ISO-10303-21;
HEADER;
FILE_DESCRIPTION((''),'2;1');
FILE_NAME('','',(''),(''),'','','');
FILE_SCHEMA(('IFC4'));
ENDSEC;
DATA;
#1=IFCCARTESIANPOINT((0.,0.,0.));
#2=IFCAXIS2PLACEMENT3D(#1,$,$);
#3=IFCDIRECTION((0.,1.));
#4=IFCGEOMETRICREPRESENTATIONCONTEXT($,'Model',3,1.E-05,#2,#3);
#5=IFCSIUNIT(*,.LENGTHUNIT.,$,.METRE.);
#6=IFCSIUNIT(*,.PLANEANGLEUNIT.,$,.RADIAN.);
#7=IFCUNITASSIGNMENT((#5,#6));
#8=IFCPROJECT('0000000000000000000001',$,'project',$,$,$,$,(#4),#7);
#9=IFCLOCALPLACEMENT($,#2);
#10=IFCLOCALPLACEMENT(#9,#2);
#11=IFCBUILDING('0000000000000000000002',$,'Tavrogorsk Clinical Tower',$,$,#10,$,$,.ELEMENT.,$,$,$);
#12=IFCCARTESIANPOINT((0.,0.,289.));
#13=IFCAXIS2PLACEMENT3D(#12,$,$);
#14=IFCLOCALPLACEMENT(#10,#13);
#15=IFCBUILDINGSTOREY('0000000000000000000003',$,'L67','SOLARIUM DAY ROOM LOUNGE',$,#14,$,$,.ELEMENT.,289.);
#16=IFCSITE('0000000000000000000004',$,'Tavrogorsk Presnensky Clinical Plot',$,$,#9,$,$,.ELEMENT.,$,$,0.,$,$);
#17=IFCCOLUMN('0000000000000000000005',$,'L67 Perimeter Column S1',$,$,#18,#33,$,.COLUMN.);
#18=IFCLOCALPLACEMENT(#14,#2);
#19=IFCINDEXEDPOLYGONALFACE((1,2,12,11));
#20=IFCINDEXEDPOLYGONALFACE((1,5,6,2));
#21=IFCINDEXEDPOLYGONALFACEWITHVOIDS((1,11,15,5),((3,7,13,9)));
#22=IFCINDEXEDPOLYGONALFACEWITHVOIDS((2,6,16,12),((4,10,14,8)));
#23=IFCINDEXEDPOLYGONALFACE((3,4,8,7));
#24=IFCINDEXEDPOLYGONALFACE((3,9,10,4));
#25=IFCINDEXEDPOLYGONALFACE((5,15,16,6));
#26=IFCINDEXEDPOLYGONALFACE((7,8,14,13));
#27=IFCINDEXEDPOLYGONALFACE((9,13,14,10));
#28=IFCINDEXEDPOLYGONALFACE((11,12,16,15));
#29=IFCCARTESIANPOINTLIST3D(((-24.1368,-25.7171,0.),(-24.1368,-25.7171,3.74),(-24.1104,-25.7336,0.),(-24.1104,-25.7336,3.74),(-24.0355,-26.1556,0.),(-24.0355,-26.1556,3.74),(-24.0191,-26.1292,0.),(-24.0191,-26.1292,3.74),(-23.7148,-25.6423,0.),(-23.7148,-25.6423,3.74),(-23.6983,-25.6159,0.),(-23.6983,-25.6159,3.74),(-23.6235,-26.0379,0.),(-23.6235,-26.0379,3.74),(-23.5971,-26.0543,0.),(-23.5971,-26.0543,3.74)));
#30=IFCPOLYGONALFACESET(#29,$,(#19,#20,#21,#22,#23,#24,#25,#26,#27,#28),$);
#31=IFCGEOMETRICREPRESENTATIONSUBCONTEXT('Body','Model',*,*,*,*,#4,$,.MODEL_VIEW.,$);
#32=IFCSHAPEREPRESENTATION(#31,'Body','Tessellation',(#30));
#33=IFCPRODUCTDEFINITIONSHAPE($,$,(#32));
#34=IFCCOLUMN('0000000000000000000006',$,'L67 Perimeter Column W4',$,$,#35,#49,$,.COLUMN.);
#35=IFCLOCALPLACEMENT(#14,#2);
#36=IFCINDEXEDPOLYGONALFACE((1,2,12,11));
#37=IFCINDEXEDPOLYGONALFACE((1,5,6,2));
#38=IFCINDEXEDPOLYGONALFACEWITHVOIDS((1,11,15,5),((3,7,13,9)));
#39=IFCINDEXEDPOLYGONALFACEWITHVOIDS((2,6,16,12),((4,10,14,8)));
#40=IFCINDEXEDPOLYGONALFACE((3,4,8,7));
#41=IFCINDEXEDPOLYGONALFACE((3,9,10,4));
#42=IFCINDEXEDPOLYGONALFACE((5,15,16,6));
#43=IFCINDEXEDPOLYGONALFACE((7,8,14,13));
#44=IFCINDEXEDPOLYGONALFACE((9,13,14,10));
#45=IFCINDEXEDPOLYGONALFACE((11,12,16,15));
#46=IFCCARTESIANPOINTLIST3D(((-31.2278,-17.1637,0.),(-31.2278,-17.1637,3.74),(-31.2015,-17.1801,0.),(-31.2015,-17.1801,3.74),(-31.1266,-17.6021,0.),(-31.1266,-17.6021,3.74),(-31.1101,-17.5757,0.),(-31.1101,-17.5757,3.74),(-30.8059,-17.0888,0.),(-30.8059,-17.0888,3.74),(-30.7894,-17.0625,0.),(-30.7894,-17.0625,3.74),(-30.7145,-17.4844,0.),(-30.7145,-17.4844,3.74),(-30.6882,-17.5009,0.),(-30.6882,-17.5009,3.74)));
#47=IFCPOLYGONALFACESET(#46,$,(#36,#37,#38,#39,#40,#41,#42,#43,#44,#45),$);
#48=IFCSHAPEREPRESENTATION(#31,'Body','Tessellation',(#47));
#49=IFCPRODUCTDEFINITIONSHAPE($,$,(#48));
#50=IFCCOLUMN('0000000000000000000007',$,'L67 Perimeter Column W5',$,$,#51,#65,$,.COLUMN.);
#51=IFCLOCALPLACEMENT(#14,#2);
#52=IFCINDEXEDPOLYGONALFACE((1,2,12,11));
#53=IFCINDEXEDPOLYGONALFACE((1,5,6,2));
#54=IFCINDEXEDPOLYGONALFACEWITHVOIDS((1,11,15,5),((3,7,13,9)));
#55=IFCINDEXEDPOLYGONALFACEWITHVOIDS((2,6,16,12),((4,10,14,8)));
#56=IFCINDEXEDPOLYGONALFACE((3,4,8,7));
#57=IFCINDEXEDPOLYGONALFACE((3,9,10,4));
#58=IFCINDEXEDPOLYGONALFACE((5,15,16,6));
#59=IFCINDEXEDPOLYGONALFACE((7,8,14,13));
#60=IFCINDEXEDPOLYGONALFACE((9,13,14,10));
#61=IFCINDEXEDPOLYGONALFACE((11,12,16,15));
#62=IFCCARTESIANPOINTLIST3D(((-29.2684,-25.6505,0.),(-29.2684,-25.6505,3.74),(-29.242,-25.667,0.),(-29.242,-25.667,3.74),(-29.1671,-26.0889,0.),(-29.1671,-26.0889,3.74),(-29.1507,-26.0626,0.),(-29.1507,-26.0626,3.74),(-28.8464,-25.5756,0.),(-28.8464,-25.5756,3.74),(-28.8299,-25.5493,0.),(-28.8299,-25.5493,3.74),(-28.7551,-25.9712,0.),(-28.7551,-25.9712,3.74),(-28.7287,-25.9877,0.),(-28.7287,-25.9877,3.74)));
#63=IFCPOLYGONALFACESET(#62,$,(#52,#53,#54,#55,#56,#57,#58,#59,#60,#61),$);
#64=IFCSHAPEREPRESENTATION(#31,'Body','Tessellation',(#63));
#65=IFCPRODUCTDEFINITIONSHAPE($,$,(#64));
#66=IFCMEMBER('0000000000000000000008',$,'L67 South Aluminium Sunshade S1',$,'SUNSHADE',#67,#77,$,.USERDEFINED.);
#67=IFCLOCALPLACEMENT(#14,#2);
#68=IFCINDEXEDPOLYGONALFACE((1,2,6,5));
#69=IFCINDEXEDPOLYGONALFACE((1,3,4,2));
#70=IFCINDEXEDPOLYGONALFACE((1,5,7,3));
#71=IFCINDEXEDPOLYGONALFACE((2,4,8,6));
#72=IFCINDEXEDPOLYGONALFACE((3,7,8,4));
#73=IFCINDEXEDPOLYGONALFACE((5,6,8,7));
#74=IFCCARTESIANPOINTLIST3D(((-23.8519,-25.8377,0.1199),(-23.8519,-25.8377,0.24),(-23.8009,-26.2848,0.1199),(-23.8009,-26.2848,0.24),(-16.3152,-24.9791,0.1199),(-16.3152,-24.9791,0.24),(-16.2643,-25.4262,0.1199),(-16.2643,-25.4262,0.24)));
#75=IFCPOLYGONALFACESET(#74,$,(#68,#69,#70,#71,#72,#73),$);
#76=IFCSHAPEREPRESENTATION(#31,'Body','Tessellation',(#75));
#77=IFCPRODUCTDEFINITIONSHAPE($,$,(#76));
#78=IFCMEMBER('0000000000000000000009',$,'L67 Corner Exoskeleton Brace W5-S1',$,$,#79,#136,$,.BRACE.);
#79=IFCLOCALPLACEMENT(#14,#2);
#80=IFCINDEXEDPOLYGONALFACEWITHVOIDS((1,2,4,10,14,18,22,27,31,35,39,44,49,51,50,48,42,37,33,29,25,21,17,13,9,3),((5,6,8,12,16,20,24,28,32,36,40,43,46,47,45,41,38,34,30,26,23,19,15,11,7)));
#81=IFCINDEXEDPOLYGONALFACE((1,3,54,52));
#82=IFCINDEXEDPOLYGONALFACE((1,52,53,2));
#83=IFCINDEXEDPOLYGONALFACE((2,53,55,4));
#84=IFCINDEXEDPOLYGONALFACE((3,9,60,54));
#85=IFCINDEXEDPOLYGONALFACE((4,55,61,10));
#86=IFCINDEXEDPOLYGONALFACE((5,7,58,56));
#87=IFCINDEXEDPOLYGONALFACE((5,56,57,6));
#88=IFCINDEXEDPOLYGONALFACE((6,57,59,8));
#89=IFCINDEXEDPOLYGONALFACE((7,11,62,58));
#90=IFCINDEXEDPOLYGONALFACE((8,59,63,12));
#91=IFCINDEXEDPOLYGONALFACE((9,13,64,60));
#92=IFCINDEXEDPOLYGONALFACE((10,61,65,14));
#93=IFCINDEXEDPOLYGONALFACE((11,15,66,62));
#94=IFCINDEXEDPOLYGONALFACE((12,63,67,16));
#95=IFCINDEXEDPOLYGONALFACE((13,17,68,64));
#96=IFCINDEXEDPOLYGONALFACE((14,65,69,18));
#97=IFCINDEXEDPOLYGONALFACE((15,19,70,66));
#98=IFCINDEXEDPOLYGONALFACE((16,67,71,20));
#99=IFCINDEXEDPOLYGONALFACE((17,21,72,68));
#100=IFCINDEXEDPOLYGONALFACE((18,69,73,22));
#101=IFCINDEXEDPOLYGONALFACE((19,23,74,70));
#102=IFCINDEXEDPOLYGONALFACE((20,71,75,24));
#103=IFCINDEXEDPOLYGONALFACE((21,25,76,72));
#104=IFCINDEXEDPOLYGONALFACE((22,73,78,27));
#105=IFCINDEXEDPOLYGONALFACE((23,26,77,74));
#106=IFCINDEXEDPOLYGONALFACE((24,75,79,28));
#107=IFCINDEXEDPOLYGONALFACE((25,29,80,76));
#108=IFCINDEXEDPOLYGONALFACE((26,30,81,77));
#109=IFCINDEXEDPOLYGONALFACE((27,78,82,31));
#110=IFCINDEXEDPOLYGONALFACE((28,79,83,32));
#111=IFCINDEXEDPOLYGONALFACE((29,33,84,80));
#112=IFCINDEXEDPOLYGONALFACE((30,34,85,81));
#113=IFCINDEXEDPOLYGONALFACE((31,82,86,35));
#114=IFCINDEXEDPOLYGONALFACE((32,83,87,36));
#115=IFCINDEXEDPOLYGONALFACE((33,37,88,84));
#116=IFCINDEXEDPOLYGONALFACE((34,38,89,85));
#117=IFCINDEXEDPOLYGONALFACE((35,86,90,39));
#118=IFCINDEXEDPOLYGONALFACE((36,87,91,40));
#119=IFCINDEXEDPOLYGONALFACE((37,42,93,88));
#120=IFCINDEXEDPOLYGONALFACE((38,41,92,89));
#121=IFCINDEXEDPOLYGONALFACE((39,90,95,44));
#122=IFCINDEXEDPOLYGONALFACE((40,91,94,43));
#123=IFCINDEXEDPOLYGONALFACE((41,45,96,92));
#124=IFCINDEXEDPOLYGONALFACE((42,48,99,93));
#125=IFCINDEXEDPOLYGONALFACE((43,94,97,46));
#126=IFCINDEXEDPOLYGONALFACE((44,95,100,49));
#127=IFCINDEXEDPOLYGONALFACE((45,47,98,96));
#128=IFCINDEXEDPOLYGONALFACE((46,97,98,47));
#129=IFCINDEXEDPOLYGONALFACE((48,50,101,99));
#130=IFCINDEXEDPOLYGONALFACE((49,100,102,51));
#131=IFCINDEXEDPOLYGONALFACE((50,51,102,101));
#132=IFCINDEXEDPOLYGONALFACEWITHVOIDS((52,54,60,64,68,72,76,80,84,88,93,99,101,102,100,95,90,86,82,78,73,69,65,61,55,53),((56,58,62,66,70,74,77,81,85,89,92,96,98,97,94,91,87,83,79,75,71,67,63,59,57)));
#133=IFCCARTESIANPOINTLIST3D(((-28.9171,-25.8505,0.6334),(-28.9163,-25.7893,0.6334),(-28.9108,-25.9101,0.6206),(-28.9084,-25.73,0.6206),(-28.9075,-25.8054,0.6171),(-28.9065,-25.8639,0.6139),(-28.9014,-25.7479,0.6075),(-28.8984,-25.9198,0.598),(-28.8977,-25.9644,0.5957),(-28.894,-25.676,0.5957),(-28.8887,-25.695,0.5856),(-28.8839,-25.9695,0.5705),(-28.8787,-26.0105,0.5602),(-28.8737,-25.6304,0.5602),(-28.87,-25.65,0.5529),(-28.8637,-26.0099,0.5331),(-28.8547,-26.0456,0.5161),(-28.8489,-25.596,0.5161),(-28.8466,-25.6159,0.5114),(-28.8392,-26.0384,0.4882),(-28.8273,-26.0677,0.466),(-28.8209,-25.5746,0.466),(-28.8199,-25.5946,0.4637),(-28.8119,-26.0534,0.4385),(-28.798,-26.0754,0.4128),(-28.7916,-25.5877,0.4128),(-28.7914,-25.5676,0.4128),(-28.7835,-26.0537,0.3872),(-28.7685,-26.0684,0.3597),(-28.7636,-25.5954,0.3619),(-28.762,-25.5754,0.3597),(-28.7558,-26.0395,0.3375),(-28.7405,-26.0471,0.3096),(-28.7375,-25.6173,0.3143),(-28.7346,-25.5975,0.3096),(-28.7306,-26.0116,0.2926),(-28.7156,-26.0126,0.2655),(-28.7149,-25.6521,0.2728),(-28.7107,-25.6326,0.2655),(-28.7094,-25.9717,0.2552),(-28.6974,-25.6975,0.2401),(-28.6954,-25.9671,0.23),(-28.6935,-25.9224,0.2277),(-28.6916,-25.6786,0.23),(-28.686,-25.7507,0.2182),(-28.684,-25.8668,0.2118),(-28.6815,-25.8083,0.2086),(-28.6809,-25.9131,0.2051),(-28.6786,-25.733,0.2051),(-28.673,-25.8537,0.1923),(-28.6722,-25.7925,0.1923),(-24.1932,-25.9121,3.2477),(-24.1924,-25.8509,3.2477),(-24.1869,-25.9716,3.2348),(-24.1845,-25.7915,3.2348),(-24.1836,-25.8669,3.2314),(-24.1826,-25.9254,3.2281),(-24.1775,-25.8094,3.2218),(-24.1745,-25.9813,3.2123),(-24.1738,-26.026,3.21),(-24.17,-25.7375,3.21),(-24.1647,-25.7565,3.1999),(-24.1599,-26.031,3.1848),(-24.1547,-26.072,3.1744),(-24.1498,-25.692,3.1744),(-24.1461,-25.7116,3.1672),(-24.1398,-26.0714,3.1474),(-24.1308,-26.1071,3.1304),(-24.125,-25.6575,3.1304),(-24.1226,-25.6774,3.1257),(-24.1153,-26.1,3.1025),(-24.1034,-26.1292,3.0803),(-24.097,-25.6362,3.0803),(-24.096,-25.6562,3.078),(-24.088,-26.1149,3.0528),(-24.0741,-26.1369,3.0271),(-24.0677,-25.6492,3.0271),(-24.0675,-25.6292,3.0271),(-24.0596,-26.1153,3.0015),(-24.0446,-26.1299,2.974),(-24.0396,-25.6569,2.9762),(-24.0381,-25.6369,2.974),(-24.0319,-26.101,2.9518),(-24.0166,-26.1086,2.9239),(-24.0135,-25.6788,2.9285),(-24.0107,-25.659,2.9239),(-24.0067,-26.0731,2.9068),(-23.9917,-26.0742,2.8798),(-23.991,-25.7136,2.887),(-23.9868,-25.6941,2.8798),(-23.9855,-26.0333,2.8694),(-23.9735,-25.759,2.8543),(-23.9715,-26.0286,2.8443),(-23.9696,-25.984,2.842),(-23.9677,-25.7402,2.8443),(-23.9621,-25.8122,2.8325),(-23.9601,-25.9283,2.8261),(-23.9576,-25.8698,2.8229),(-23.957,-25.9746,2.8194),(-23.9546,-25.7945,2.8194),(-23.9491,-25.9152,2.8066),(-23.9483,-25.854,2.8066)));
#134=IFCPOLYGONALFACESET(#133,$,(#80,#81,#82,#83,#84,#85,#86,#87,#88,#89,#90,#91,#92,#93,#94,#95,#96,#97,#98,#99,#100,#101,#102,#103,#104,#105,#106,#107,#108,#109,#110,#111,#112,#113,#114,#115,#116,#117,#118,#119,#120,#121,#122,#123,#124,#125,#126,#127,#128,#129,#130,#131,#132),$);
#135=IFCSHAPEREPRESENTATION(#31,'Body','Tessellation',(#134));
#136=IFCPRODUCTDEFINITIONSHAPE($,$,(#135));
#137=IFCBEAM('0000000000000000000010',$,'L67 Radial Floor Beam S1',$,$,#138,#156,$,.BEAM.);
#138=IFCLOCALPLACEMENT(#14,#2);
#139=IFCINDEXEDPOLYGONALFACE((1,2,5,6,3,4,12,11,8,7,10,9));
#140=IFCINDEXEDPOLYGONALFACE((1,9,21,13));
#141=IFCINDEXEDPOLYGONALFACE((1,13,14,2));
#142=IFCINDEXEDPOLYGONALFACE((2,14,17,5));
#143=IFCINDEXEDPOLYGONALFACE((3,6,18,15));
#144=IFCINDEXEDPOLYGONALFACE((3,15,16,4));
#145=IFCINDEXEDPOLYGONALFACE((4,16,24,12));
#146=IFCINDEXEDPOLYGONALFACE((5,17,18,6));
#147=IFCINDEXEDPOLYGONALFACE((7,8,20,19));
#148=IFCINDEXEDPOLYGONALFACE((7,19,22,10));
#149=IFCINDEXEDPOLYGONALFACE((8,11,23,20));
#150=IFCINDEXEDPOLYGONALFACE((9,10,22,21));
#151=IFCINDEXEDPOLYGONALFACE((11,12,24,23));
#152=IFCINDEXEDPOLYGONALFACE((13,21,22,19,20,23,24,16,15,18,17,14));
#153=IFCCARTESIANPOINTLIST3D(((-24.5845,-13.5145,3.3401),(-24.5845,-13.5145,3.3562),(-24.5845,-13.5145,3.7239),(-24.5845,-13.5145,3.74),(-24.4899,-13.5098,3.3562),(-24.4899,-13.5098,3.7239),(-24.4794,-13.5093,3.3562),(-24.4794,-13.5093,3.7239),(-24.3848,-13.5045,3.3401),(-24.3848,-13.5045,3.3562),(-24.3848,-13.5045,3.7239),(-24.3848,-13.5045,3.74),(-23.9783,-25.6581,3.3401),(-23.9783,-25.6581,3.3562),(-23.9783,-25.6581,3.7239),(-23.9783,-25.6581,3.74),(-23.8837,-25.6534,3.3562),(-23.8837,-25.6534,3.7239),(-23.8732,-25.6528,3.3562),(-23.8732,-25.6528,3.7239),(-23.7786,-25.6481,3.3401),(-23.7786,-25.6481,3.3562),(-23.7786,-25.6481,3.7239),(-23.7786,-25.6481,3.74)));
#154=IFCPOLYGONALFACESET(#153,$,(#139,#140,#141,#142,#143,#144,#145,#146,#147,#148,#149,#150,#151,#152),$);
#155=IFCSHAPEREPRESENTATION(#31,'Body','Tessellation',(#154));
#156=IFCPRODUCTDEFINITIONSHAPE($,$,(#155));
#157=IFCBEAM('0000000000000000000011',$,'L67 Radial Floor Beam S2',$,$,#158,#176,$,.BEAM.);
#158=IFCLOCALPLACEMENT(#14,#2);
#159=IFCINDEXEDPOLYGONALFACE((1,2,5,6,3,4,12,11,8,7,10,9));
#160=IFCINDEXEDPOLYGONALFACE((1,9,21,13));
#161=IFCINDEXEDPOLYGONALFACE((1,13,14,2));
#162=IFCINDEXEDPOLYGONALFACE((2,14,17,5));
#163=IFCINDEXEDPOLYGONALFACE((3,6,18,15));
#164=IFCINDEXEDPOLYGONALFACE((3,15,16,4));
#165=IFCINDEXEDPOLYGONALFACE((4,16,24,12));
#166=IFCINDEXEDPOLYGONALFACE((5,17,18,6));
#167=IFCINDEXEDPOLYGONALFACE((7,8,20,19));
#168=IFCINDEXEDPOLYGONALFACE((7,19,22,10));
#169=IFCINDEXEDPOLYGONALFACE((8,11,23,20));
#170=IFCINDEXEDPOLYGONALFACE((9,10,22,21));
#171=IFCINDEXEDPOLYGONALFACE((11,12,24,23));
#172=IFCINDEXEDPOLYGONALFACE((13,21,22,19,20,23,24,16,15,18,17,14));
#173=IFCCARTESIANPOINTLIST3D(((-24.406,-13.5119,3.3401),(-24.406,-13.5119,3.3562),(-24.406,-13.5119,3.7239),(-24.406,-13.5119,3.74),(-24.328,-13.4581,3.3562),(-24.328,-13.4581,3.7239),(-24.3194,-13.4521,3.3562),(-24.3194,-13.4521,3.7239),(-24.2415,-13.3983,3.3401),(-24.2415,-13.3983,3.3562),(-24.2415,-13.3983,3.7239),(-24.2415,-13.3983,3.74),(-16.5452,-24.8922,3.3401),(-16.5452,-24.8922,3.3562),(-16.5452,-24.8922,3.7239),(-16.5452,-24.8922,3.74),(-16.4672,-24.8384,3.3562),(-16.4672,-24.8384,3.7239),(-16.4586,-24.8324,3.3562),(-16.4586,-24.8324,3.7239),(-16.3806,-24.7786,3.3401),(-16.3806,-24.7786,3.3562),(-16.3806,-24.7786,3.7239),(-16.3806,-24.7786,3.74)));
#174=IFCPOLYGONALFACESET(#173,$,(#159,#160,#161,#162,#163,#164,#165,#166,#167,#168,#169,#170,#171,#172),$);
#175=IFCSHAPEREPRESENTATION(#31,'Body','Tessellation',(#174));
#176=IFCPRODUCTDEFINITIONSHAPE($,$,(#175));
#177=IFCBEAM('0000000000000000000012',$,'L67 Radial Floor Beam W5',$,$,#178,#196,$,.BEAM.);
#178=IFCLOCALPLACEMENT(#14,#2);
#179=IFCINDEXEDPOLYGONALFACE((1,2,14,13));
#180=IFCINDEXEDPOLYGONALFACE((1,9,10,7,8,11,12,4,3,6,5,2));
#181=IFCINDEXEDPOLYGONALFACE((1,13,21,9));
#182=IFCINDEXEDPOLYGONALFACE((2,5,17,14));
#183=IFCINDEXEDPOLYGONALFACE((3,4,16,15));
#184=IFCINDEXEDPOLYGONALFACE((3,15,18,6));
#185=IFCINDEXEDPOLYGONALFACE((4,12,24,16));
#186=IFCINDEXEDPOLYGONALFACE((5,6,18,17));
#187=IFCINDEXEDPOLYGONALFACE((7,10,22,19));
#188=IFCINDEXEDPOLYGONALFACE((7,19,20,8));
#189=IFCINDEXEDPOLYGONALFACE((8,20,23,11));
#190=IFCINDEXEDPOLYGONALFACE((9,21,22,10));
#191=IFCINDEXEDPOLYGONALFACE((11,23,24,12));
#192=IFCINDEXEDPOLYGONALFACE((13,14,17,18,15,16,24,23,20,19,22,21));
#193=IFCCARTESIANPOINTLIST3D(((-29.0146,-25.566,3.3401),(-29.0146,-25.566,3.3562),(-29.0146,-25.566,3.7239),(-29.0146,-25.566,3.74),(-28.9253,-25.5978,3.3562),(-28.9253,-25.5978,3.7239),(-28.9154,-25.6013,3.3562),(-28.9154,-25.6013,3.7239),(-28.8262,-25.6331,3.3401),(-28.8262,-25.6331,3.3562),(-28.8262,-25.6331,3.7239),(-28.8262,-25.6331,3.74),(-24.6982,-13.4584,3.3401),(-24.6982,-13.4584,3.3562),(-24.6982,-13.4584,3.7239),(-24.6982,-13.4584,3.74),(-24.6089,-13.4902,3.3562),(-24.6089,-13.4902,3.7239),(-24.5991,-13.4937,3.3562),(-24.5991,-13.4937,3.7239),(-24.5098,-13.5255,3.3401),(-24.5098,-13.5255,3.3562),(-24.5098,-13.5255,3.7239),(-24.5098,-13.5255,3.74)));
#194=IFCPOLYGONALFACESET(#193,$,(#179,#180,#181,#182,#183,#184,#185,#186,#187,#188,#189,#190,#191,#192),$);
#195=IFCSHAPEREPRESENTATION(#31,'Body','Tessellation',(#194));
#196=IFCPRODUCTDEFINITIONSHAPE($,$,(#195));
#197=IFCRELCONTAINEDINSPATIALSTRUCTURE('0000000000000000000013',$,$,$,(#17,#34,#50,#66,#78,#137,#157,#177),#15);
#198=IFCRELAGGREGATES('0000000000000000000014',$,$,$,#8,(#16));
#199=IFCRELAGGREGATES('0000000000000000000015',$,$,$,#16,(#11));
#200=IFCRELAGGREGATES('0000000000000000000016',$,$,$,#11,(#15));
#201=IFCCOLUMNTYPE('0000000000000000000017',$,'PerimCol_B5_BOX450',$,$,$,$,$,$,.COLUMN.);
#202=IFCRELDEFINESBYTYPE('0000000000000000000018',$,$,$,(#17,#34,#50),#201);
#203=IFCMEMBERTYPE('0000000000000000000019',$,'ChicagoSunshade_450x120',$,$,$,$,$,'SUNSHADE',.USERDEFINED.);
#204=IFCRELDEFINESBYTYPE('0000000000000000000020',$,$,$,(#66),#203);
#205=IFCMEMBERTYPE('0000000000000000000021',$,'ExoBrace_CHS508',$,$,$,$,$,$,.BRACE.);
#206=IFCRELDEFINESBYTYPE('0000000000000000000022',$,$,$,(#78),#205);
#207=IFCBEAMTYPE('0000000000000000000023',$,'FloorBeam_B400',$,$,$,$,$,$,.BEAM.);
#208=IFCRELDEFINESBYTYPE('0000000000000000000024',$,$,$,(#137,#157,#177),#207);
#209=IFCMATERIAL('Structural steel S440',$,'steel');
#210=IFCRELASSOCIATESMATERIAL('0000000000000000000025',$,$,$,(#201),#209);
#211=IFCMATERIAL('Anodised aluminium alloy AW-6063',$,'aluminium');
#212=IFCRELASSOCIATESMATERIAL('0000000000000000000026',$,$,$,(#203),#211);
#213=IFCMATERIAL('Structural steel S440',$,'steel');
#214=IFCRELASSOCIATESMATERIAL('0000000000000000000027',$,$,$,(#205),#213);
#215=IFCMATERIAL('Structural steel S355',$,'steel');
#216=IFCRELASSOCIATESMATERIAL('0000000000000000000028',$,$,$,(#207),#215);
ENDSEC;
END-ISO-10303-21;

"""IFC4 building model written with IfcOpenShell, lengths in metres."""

from ifc_helpers import new_model, si_unit, direction, frame, origin, origin_2d, place, context, subcontext, project, spatial, rectangle, hollow_rectangle, hollow_circle, i_section, extrude, material, material_profile, profile_set, type_object, element, save


model = new_model("IFC4")

# Units and contexts
model_context = context("Model", 3, precision=1e-05, world=origin(), true_north=direction((0.0, 1.0)))
body_context = subcontext(model_context, "Body", "Model", "MODEL_VIEW")
ifc_project = project(units=[si_unit("LENGTHUNIT", "METRE"), si_unit("PLANEANGLEUNIT", "RADIAN")], contexts=[model_context])

# Site, building, storey
site_placement = place(None, origin())
site = spatial("IfcSite", under=ifc_project, at=site_placement, Name="Tavrogorsk Presnensky Clinical Plot", CompositionType="ELEMENT", RefElevation=0.0)
building_placement = place(site_placement, origin())
building = spatial("IfcBuilding", under=site, at=building_placement, Name="Tavrogorsk Clinical Tower", CompositionType="ELEMENT")
storey_placement = place(building_placement, frame((0.0, 0.0, 289.0)))
storey = spatial("IfcBuildingStorey", under=building, at=storey_placement, Name="L67", Description="SOLARIUM DAY ROOM LOUNGE", CompositionType="ELEMENT", Elevation=289.0)

# Columns
ifc_material_1 = material(Name="Structural steel S440", Category="steel")
ifc_material_profile_1 = material_profile(ifc_material_1, hollow_rectangle(XDim=0.45, YDim=0.45, WallThickness=0.022, at=origin_2d()), Name="BOX-450x450x22")
ifc_profile_set_1 = profile_set([ifc_material_profile_1], Name="Structural steel S440")
column_type = type_object("IfcColumnType", Name="PerimCol_B5_BOX450", PredefinedType="COLUMN", material=ifc_profile_set_1)
for number, where, z_axis, x_axis, name in (
    (1, (-23.8669, -25.8857, 0.0), (0.0, 0.0, 1.0), (0.97437, 0.224951, 0.0), "L67 Perimeter Column S1"),
    (2, (-30.958, -17.3323, 0.0), (0.0, 0.0, 1.0), (0.97437, 0.224951, 0.0), "L67 Perimeter Column W4"),
    (3, (-28.9985, -25.8191, 0.0), (0.0, 0.0, 1.0), (0.97437, 0.224951, 0.0), "L67 Perimeter Column W5"),
):
    element("IfcColumn", number, at=place(storey_placement, frame(where, z_axis=z_axis, x_axis=x_axis)), inside=storey, type_object=column_type, Name=name, PredefinedType="COLUMN", context=body_context, shape_type="SweptSolid", body=[
        extrude(hollow_rectangle(XDim=0.45, YDim=0.45, WallThickness=0.022, at=origin_2d()), origin(), (0.0, 0.0, 1.0), 3.74),
    ])

# Members
ifc_material_2 = material(Name="Anodised aluminium alloy AW-6063", Category="aluminium")
ifc_material_profile_2 = material_profile(ifc_material_2, rectangle(XDim=0.45, YDim=0.1201, at=origin_2d()), Name="ALU-SUNSHADE-450x120")
ifc_profile_set_2 = profile_set([ifc_material_profile_2], Name="Anodised aluminium alloy AW-6063")
member_type_1 = type_object("IfcMemberType", Name="ChicagoSunshade_450x120", ElementType="SUNSHADE", PredefinedType="USERDEFINED", material=ifc_profile_set_2)
member_1_placement = place(storey_placement, frame((-23.8264, -26.0613, 0.1799), z_axis=(0.993573, 0.113197, 0.0), x_axis=(-0.113197, 0.993573, 0.0)))
element("IfcMember", 4, at=member_1_placement, inside=storey, type_object=member_type_1, Name="L67 South Aluminium Sunshade S1", ObjectType="SUNSHADE", PredefinedType="USERDEFINED", context=body_context, shape_type="SweptSolid", body=[
    extrude(rectangle(XDim=0.45, YDim=0.1201, at=origin_2d()), origin(), (0.0, 0.0, 1.0), 7.5854),
])
ifc_material_3 = material(Name="Structural steel S440", Category="steel")
ifc_material_profile_3 = material_profile(ifc_material_3, hollow_circle(Radius=0.2539, WallThickness=0.02, at=origin_2d()), Name="CHS-508x20")
ifc_profile_set_3 = profile_set([ifc_material_profile_3], Name="Structural steel S440")
member_type_2 = type_object("IfcMemberType", Name="ExoBrace_CHS508", PredefinedType="BRACE", material=ifc_profile_set_3)
member_2_placement = place(storey_placement, frame((-28.7947, -25.8215, 0.4128), z_axis=(0.874895, -0.011395, 0.484179), x_axis=(0.013023, 0.999915, 0.0)))
element("IfcMember", 5, at=member_2_placement, inside=storey, type_object=member_type_2, Name="L67 Corner Exoskeleton Brace W5-S1", PredefinedType="BRACE", context=body_context, shape_type="SweptSolid", body=[
    extrude(hollow_circle(Radius=0.2539, WallThickness=0.02, at=origin_2d()), origin(), (0.0, 0.0, 1.0), 5.3994),
])

# Beams
ifc_material_4 = material(Name="Structural steel S355", Category="steel")
ifc_material_profile_4 = material_profile(ifc_material_4, i_section(OverallWidth=0.2, OverallDepth=0.3999, WebThickness=0.0105, FlangeThickness=0.0161, at=origin_2d()), Name="B-400x200x10.5x16")
ifc_profile_set_4 = profile_set([ifc_material_profile_4], Name="Structural steel S355")
beam_type_1 = type_object("IfcBeamType", Name="FloorBeam_B400", PredefinedType="BEAM", material=ifc_profile_set_4)
beam_1_placement = place(storey_placement, frame((-24.4846, -13.5095, 3.54), z_axis=(0.049857, -0.998756, 0.0), x_axis=(0.998756, 0.049857, 0.0)))
element("IfcBeam", 6, at=beam_1_placement, inside=storey, type_object=beam_type_1, Name="L67 Radial Floor Beam S1", PredefinedType="BEAM", context=body_context, shape_type="SweptSolid", body=[
    extrude(i_section(OverallWidth=0.2, OverallDepth=0.3999, WebThickness=0.0105, FlangeThickness=0.0161, at=origin_2d()), origin(), (0.0, 0.0, 1.0), 12.1587),
])
beam_2_placement = place(storey_placement, frame((-24.3237, -13.4551, 3.54), z_axis=(0.568336, -0.822797, 0.0), x_axis=(0.822797, 0.568336, 0.0)))
element("IfcBeam", 7, at=beam_2_placement, inside=storey, type_object=beam_type_1, Name="L67 Radial Floor Beam S2", PredefinedType="BEAM", context=body_context, shape_type="SweptSolid", body=[
    extrude(i_section(OverallWidth=0.2, OverallDepth=0.3999, WebThickness=0.0105, FlangeThickness=0.0161, at=origin_2d()), origin(), (0.0, 0.0, 1.0), 13.8313),
])
beam_3_placement = place(storey_placement, frame((-24.604, -13.4919, 3.54), z_axis=(-0.335801, -0.941933, 0.0), x_axis=(0.941933, -0.335801, 0.0)))
element("IfcBeam", 8, at=beam_3_placement, inside=storey, type_object=beam_type_1, Name="L67 Radial Floor Beam W5", PredefinedType="BEAM", context=body_context, shape_type="SweptSolid", body=[
    extrude(i_section(OverallWidth=0.2, OverallDepth=0.3999, WebThickness=0.0105, FlangeThickness=0.0161, at=origin_2d()), origin(), (0.0, 0.0, 1.0), 12.854),
])

save(model, "model.ifc")
